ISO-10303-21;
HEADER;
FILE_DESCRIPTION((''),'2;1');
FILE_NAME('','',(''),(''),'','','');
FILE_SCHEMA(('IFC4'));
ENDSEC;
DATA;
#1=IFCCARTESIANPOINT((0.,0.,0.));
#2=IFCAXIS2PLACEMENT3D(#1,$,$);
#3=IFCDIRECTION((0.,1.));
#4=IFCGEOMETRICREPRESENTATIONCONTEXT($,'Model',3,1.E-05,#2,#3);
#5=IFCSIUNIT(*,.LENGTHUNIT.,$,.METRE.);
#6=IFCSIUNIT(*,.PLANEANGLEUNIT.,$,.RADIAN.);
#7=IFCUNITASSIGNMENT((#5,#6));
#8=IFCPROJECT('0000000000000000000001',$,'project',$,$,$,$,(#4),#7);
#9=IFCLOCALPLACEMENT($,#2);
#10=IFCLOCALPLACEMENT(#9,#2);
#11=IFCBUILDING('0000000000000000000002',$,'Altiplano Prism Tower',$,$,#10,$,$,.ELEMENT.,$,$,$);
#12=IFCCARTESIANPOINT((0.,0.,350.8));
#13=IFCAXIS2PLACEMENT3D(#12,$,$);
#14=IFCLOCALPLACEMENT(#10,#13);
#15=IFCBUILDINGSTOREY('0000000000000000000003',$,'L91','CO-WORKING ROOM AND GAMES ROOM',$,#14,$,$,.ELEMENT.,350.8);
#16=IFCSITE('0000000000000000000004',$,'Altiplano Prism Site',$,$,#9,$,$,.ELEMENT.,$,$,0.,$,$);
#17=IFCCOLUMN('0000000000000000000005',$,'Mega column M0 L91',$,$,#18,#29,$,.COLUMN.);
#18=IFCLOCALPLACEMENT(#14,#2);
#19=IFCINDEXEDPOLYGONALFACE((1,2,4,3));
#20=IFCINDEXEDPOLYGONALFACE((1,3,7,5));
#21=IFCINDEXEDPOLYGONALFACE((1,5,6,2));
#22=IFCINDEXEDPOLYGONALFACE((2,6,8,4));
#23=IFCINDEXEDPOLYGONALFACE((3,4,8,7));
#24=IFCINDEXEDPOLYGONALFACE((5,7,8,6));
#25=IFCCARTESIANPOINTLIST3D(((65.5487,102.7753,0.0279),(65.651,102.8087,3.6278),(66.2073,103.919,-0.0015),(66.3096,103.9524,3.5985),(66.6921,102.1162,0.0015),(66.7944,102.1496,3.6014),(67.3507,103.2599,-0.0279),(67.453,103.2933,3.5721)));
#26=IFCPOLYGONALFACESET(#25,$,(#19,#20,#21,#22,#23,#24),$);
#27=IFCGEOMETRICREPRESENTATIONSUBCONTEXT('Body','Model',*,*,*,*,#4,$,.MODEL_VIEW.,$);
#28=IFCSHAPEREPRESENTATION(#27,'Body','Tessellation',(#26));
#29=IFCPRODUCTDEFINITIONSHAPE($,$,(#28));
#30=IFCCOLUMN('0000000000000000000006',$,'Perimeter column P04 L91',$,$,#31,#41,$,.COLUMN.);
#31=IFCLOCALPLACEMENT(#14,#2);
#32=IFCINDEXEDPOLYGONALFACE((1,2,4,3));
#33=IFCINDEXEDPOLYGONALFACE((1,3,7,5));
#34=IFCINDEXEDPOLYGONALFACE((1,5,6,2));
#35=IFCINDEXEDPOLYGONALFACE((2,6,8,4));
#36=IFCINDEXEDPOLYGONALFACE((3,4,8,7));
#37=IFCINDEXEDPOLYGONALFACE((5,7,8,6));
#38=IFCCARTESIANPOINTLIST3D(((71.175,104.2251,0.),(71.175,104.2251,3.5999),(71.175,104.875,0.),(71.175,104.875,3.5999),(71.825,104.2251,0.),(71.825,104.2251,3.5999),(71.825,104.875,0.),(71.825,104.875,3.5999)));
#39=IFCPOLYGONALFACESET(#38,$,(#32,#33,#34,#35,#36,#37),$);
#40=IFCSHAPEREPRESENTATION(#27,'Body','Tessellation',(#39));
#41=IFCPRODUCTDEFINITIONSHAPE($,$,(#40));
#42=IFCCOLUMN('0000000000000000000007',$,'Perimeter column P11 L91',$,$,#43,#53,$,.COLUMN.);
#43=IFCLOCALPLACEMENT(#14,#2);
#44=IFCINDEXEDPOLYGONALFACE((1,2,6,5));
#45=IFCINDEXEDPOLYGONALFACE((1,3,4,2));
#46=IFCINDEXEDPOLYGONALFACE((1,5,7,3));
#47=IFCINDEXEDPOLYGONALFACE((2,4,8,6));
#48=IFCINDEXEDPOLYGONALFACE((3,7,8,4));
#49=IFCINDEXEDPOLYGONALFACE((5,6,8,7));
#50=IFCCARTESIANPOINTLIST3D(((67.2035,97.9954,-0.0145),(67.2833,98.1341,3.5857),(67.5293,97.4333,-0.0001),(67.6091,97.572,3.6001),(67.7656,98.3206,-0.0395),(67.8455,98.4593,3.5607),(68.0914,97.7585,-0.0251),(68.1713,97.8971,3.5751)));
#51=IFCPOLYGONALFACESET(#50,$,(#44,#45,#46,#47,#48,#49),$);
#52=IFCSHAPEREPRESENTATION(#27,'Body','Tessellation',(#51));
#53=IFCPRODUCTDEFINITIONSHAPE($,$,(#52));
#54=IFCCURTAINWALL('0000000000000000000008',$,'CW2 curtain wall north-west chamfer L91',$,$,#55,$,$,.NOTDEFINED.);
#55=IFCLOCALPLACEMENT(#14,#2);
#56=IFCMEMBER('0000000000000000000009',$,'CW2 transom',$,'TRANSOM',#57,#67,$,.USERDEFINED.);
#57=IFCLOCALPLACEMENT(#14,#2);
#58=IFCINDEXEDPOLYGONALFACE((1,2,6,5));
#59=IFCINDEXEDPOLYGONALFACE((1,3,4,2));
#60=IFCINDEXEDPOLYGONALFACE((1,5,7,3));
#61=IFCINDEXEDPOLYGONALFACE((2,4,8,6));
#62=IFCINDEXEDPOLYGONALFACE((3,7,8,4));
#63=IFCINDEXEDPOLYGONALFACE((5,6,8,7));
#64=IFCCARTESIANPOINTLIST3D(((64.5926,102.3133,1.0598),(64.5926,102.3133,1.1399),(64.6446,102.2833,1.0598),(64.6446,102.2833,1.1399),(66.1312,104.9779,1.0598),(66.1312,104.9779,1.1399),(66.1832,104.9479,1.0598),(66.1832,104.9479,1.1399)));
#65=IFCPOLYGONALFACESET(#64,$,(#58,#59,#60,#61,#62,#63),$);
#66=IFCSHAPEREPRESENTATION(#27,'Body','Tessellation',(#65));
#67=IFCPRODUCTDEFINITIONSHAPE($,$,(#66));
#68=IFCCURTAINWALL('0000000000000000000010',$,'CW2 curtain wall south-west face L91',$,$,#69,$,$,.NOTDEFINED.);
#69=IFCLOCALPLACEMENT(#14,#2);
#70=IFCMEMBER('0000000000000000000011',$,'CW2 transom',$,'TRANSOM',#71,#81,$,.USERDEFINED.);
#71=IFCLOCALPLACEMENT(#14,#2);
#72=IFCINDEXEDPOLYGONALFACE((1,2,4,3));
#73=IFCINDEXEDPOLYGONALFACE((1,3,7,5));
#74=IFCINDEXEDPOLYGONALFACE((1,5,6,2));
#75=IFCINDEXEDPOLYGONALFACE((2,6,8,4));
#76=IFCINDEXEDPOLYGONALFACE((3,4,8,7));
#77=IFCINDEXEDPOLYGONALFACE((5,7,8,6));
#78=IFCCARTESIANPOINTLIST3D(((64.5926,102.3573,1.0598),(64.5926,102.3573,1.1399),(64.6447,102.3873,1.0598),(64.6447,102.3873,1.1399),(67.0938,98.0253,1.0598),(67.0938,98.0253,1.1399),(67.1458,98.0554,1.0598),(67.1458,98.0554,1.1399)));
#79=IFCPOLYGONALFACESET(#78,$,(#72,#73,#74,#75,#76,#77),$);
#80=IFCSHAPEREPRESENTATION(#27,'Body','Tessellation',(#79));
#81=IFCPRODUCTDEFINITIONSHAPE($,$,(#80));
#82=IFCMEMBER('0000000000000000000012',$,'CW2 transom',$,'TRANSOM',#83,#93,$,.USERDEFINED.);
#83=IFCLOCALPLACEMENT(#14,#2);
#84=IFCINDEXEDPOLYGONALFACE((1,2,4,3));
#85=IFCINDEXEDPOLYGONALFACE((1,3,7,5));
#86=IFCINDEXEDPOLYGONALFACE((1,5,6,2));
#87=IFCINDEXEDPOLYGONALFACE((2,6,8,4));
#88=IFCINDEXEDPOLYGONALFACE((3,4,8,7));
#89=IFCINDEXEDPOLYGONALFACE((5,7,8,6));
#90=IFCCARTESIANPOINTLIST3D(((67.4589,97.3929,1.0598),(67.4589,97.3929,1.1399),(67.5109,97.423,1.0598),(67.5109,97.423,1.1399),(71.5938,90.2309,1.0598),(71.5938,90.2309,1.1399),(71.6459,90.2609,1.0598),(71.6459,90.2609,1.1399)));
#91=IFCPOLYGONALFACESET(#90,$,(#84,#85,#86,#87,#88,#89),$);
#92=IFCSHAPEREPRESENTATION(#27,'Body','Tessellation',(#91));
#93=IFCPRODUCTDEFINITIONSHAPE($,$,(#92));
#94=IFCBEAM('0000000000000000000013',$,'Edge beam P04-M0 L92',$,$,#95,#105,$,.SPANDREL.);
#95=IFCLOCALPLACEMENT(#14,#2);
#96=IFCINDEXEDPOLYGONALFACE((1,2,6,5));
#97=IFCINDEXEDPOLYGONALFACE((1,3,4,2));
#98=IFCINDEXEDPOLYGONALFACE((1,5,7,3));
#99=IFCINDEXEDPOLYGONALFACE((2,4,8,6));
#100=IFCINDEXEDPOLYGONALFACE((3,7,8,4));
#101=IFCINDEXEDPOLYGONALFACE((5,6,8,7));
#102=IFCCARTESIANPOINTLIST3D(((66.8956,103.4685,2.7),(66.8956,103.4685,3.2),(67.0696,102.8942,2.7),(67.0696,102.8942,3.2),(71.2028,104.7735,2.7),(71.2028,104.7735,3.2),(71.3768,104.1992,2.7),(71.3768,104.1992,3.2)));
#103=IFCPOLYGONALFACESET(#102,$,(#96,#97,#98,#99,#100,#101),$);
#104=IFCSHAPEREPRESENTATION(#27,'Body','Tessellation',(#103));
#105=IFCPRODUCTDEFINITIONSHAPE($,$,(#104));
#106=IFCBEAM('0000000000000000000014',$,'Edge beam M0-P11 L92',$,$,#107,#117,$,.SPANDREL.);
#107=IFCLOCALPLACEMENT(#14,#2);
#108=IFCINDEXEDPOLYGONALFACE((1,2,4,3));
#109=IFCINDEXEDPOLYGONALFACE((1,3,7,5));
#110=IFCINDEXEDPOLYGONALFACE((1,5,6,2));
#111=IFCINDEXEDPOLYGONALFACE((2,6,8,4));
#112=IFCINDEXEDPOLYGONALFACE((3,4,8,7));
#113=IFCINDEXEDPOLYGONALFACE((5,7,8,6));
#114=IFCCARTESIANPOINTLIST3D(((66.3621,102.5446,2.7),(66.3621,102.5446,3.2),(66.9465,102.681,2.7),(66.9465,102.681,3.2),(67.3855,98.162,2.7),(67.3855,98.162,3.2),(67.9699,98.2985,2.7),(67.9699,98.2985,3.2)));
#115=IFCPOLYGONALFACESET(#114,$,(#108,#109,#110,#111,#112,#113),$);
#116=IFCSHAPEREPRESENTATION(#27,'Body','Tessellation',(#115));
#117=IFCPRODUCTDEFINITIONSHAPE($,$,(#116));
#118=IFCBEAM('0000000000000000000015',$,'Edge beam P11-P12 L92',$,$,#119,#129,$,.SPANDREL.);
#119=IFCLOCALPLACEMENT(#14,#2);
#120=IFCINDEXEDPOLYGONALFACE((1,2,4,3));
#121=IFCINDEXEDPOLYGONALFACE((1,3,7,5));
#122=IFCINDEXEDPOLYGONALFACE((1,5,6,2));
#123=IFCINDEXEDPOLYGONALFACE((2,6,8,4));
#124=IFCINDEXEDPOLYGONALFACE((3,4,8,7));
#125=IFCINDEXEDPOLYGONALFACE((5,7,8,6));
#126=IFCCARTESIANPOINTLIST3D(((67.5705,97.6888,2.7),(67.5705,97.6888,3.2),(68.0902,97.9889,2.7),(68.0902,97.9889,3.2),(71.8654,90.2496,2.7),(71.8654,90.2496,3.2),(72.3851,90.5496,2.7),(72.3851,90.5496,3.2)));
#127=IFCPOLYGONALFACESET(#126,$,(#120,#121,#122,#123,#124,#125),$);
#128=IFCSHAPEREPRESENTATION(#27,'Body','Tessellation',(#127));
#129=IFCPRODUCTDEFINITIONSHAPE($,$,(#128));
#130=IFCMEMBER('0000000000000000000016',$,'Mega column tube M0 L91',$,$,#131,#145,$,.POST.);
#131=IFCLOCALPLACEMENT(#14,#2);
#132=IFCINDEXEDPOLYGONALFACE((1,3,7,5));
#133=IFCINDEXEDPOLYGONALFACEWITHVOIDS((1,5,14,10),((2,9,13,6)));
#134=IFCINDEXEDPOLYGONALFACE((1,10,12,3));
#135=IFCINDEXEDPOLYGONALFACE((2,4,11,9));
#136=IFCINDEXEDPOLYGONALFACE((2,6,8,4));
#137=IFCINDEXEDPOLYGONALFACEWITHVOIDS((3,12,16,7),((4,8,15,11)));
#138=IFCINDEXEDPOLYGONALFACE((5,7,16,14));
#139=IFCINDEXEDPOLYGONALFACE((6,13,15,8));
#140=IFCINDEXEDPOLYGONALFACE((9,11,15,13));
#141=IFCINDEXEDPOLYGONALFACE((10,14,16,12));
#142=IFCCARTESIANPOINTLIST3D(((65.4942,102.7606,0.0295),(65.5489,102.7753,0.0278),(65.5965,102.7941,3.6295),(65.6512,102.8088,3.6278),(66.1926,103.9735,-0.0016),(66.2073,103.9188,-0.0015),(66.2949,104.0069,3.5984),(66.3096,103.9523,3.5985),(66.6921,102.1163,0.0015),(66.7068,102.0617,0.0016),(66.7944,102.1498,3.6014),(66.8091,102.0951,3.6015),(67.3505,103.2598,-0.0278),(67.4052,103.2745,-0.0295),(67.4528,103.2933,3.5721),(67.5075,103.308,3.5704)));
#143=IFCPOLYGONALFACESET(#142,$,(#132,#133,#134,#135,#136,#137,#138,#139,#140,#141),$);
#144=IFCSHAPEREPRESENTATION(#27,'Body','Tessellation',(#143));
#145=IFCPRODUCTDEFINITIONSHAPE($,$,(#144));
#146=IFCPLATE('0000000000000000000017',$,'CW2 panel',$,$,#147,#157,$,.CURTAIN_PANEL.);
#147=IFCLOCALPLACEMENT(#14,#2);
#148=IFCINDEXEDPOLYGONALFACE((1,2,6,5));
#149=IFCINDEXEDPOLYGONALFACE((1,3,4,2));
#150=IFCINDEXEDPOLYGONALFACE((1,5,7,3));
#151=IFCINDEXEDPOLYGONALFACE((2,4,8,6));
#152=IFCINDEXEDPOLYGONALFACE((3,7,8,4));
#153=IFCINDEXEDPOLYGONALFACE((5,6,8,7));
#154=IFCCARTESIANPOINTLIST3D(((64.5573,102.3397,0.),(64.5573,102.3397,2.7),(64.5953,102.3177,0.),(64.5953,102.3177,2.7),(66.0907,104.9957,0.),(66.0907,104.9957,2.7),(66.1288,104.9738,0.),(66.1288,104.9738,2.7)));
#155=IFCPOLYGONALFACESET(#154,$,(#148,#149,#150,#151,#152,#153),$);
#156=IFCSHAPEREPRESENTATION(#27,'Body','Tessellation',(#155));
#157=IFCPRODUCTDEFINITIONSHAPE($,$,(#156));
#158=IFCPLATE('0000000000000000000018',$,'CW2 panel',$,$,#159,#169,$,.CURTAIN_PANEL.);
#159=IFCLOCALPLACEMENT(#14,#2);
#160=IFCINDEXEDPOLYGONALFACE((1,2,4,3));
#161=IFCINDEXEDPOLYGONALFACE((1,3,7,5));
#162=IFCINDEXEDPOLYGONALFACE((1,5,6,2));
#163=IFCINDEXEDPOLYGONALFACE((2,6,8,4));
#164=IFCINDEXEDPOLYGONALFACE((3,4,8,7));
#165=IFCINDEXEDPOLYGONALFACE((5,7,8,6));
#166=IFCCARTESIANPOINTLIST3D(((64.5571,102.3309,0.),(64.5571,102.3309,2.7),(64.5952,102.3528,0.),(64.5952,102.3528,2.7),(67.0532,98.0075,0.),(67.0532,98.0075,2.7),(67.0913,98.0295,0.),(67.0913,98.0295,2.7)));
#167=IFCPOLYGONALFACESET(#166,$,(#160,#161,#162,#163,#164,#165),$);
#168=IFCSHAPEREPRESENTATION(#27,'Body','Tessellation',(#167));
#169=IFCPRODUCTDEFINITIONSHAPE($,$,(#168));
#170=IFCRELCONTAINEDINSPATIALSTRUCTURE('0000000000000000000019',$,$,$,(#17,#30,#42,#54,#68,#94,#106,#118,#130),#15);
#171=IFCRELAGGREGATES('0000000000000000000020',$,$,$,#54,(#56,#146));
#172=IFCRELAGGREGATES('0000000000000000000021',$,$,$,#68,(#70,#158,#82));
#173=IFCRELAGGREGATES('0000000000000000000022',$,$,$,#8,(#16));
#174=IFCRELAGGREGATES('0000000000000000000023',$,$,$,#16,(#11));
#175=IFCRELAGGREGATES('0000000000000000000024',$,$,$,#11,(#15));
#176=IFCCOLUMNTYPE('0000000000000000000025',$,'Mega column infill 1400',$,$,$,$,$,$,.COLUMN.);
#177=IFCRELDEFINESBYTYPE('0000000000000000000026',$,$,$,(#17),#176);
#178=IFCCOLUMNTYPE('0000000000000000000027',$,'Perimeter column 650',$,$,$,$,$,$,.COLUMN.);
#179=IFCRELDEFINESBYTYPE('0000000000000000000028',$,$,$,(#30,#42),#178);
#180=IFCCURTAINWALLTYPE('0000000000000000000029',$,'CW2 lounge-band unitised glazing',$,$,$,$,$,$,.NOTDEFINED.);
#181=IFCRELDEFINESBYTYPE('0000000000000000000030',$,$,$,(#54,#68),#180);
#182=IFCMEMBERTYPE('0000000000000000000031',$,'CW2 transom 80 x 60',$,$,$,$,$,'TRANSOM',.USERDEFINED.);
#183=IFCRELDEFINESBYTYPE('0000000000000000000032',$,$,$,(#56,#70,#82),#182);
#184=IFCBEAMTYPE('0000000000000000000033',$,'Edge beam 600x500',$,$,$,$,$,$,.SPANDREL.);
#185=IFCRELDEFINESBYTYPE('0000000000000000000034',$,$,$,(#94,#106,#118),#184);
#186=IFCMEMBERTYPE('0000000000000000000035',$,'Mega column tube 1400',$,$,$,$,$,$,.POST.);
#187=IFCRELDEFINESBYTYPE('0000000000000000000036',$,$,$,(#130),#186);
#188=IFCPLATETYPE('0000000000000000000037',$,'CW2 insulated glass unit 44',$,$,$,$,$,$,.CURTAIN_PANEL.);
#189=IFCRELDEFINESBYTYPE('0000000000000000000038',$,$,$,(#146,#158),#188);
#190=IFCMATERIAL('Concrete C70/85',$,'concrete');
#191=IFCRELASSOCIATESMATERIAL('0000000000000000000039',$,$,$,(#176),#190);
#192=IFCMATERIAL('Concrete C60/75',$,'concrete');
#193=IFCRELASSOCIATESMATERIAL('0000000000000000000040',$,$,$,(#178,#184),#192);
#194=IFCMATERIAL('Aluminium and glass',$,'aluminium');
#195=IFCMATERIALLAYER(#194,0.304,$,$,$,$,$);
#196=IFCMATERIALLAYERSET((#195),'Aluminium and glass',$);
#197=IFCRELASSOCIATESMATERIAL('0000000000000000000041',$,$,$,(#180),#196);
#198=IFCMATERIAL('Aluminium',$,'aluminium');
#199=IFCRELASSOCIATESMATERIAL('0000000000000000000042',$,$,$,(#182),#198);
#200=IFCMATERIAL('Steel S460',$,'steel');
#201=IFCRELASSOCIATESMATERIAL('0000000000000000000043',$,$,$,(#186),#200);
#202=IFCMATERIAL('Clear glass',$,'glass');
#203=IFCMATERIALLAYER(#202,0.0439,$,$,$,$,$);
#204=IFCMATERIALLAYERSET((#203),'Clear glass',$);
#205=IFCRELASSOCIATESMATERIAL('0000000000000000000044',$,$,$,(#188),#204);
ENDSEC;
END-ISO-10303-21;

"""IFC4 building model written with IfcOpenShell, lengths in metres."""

from ifc_helpers import new_model, si_unit, direction, frame, origin, origin_2d, place, context, subcontext, project, spatial, rectangle, hollow_rectangle, extrude, material, layer, layer_set, material_profile, profile_set, type_object, element, aggregate, save


model = new_model("IFC4")

# Units and contexts
model_context = context("Model", 3, precision=1e-05, world=origin(), true_north=direction((0.0, 1.0)))
body_context = subcontext(model_context, "Body", "Model", "MODEL_VIEW")
ifc_project = project(units=[si_unit("LENGTHUNIT", "METRE"), si_unit("PLANEANGLEUNIT", "RADIAN")], contexts=[model_context])

# Site, building, storey
site_placement = place(None, origin())
site = spatial("IfcSite", under=ifc_project, at=site_placement, Name="Altiplano Prism Site", CompositionType="ELEMENT", RefElevation=0.0)
building_placement = place(site_placement, origin())
building = spatial("IfcBuilding", under=site, at=building_placement, Name="Altiplano Prism Tower", CompositionType="ELEMENT")
storey_placement = place(building_placement, frame((0.0, 0.0, 350.8)))
storey = spatial("IfcBuildingStorey", under=building, at=storey_placement, Name="L91", Description="CO-WORKING ROOM AND GAMES ROOM", CompositionType="ELEMENT", Elevation=350.8)

# Columns
ifc_material_1 = material(Name="Concrete C70/85", Category="concrete")
ifc_material_profile_1 = material_profile(ifc_material_1, rectangle(XDim=1.3201, YDim=1.3201, at=origin_2d()), Name="Mega column infill 1400")
ifc_profile_set_1 = profile_set([ifc_material_profile_1], Name="Concrete C70/85")
column_type_1 = type_object("IfcColumnType", Name="Mega column infill 1400", PredefinedType="COLUMN", material=ifc_profile_set_1)
column_1_placement = place(storey_placement, frame((66.4497, 103.0176, 0.0), z_axis=(0.028404, 0.009287, 0.999553), x_axis=(-0.866199, 0.4993, 0.019975)))
element("IfcColumn", 1, at=column_1_placement, inside=storey, type_object=column_type_1, Name="Mega column M0 L91", PredefinedType="COLUMN", context=body_context, shape_type="SweptSolid", body=[
    extrude(rectangle(XDim=1.3201, YDim=1.3201, at=origin_2d()), origin(), (0.0, 0.0, 1.0), 3.6016),
])
ifc_material_2 = material(Name="Concrete C60/75", Category="concrete")
ifc_material_profile_2 = material_profile(ifc_material_2, rectangle(XDim=0.6499, YDim=0.6499, at=origin_2d()), Name="Perimeter column 650")
ifc_profile_set_2 = profile_set([ifc_material_profile_2], Name="Concrete C60/75")
column_type_2 = type_object("IfcColumnType", Name="Perimeter column 650", PredefinedType="COLUMN", material=ifc_profile_set_2)
column_2_placement = place(storey_placement, frame((71.5, 104.55, 0.0), z_axis=(0.0, 0.0, 1.0), x_axis=(1.0, 0.0, 0.0)))
element("IfcColumn", 2, at=column_2_placement, inside=storey, type_object=column_type_2, Name="Perimeter column P04 L91", PredefinedType="COLUMN", context=body_context, shape_type="SweptSolid", body=[
    extrude(rectangle(XDim=0.6499, YDim=0.6499, at=origin_2d()), origin(), (0.0, 0.0, 1.0), 3.5999),
])
column_3_placement = place(storey_placement, frame((67.6475, 97.877, -0.0198), z_axis=(0.022154, 0.038481, 0.999014), x_axis=(-0.864982, -0.500327, 0.038453)))
element("IfcColumn", 3, at=column_3_placement, inside=storey, type_object=column_type_2, Name="Perimeter column P11 L91", PredefinedType="COLUMN", context=body_context, shape_type="SweptSolid", body=[
    extrude(rectangle(XDim=0.6499, YDim=0.6499, at=origin_2d()), origin(), (0.0, 0.0, 1.0), 3.6038),
])

# Curtain wall, member
ifc_material_3 = material(Name="Aluminium and glass", Category="aluminium")
ifc_layer_1 = layer(ifc_material_3, 0.304)
ifc_layer_set_1 = layer_set([ifc_layer_1], Name="Aluminium and glass")
curtain_wall_type = type_object("IfcCurtainWallType", Name="CW2 lounge-band unitised glazing", PredefinedType="NOTDEFINED", material=ifc_layer_set_1)
curtain_wall_1_placement = place(storey_placement, origin())
curtain_wall_1 = element("IfcCurtainWall", 4, at=curtain_wall_1_placement, inside=storey, type_object=curtain_wall_type, Name="CW2 curtain wall north-west chamfer L91", PredefinedType="NOTDEFINED")
ifc_material_4 = material(Name="Aluminium", Category="aluminium")
ifc_material_profile_3 = material_profile(ifc_material_4, rectangle(XDim=0.0601, YDim=0.0801, at=origin_2d()), Name="CW2 transom 80 x 60")
ifc_profile_set_3 = profile_set([ifc_material_profile_3], Name="Aluminium")
member_type_1 = type_object("IfcMemberType", Name="CW2 transom 80 x 60", ElementType="TRANSOM", PredefinedType="USERDEFINED", material=ifc_profile_set_3)
member_1_placement = place(storey_placement, frame((66.1572, 104.9629, 1.0999), z_axis=(-0.500048, -0.865998, 0.0), x_axis=(0.865998, -0.500048, 0.0)))
member_1 = element("IfcMember", 5, at=member_1_placement, type_object=member_type_1, Name="CW2 transom", ObjectType="TRANSOM", PredefinedType="USERDEFINED", context=body_context, shape_type="SweptSolid", body=[
    extrude(rectangle(XDim=0.0601, YDim=0.0801, at=origin_2d()), origin(), (0.0, 0.0, 1.0), 3.0769),
])

# Curtain wall, members
curtain_wall_2_placement = place(storey_placement, origin())
curtain_wall_2 = element("IfcCurtainWall", 6, at=curtain_wall_2_placement, inside=storey, type_object=curtain_wall_type, Name="CW2 curtain wall south-west face L91", PredefinedType="NOTDEFINED")
member_2_placement = place(storey_placement, frame((64.6187, 102.3723, 1.0999), z_axis=(0.500018, -0.866015, 0.0), x_axis=(0.866015, 0.500018, 0.0)))
member_2 = element("IfcMember", 7, at=member_2_placement, type_object=member_type_1, Name="CW2 transom", ObjectType="TRANSOM", PredefinedType="USERDEFINED", context=body_context, shape_type="SweptSolid", body=[
    extrude(rectangle(XDim=0.0601, YDim=0.0801, at=origin_2d()), origin(), (0.0, 0.0, 1.0), 5.0022),
])
member_3_placement = place(storey_placement, frame((67.4849, 97.408, 1.0999), z_axis=(0.499997, -0.866027, 0.0), x_axis=(0.866027, 0.499997, 0.0)))
member_3 = element("IfcMember", 8, at=member_3_placement, type_object=member_type_1, Name="CW2 transom", ObjectType="TRANSOM", PredefinedType="USERDEFINED", context=body_context, shape_type="SweptSolid", body=[
    extrude(rectangle(XDim=0.0601, YDim=0.0801, at=origin_2d()), origin(), (0.0, 0.0, 1.0), 8.27),
])

# Beams
ifc_material_profile_4 = material_profile(ifc_material_2, rectangle(XDim=0.6001, YDim=0.5, at=origin_2d()), Name="Edge beam 600x500")
ifc_profile_set_4 = profile_set([ifc_material_profile_4], Name="Concrete C60/75")
beam_type = type_object("IfcBeamType", Name="Edge beam 600x500", PredefinedType="SPANDREL", material=ifc_profile_set_4)
for number, where, z_axis, x_axis, name in (
    (9, (71.2898, 104.4863, 2.95), (-0.95704, -0.289955, 0.0), (0.289955, -0.95704, 0.0), "Edge beam P04-M0 L92"),
    (10, (66.6543, 102.6128, 2.95), (0.227406, -0.9738, 0.0), (0.9738, 0.227406, 0.0), "Edge beam M0-P11 L92"),
):
    element("IfcBeam", number, at=place(storey_placement, frame(where, z_axis=z_axis, x_axis=x_axis)), inside=storey, type_object=beam_type, Name=name, PredefinedType="SPANDREL", context=body_context, shape_type="SweptSolid", body=[
        extrude(rectangle(XDim=0.6001, YDim=0.5, at=origin_2d()), origin(), (0.0, 0.0, 1.0), 4.5005),
    ])
beam_placement = place(storey_placement, frame((67.8303, 97.8389, 2.95), z_axis=(0.499991, -0.866031, 0.0), x_axis=(0.866031, 0.499991, 0.0)))
element("IfcBeam", 11, at=beam_placement, inside=storey, type_object=beam_type, Name="Edge beam P11-P12 L92", PredefinedType="SPANDREL", context=body_context, shape_type="SweptSolid", body=[
    extrude(rectangle(XDim=0.6001, YDim=0.5, at=origin_2d()), origin(), (0.0, 0.0, 1.0), 8.5901),
])

# Member
ifc_material_5 = material(Name="Steel S460", Category="steel")
ifc_material_profile_5 = material_profile(ifc_material_5, hollow_rectangle(XDim=1.3999, YDim=1.3999, WallThickness=0.04, at=origin_2d()), Name="Mega column tube 1400")
ifc_profile_set_5 = profile_set([ifc_material_profile_5], Name="Steel S460")
member_type_2 = type_object("IfcMemberType", Name="Mega column tube 1400", PredefinedType="POST", material=ifc_profile_set_5)
member_4_placement = place(storey_placement, frame((66.4497, 103.0176, 0.0), z_axis=(0.028404, 0.009287, 0.999553), x_axis=(-0.866199, 0.4993, 0.019975)))
element("IfcMember", 12, at=member_4_placement, inside=storey, type_object=member_type_2, Name="Mega column tube M0 L91", PredefinedType="POST", context=body_context, shape_type="SweptSolid", body=[
    extrude(hollow_rectangle(XDim=1.3999, YDim=1.3999, WallThickness=0.04, at=origin_2d()), origin(), (0.0, 0.0, 1.0), 3.6016),
])

# Plates
ifc_material_6 = material(Name="Clear glass", Category="glass")
ifc_layer_2 = layer(ifc_material_6, 0.0439)
ifc_layer_set_2 = layer_set([ifc_layer_2], Name="Clear glass")
plate_type = type_object("IfcPlateType", Name="CW2 insulated glass unit 44", PredefinedType="CURTAIN_PANEL", material=ifc_layer_set_2)
plate_1_placement = place(storey_placement, frame((65.343, 103.6567, 0.0), z_axis=(0.0, 0.0, 1.0), x_axis=(-0.5, -0.866025, 0.0)))
plate_1 = element("IfcPlate", 13, at=plate_1_placement, type_object=plate_type, Name="CW2 panel", PredefinedType="CURTAIN_PANEL", context=body_context, shape_type="SweptSolid", body=[
    extrude(rectangle(XDim=3.0669, YDim=0.0439, at=origin_2d()), origin(), (0.0, 0.0, 1.0), 2.7),
])
aggregate(curtain_wall_1, [member_1, plate_1])
plate_2_placement = place(storey_placement, frame((65.8242, 100.1802, 0.0), z_axis=(0.0, 0.0, 1.0), x_axis=(0.5, -0.866025, 0.0)))
plate_2 = element("IfcPlate", 14, at=plate_2_placement, type_object=plate_type, Name="CW2 panel", PredefinedType="CURTAIN_PANEL", context=body_context, shape_type="SweptSolid", body=[
    extrude(rectangle(XDim=4.9922, YDim=0.0439, at=origin_2d()), origin(), (0.0, 0.0, 1.0), 2.7),
])
aggregate(curtain_wall_2, [member_2, plate_2, member_3])

save(model, "model.ifc")
